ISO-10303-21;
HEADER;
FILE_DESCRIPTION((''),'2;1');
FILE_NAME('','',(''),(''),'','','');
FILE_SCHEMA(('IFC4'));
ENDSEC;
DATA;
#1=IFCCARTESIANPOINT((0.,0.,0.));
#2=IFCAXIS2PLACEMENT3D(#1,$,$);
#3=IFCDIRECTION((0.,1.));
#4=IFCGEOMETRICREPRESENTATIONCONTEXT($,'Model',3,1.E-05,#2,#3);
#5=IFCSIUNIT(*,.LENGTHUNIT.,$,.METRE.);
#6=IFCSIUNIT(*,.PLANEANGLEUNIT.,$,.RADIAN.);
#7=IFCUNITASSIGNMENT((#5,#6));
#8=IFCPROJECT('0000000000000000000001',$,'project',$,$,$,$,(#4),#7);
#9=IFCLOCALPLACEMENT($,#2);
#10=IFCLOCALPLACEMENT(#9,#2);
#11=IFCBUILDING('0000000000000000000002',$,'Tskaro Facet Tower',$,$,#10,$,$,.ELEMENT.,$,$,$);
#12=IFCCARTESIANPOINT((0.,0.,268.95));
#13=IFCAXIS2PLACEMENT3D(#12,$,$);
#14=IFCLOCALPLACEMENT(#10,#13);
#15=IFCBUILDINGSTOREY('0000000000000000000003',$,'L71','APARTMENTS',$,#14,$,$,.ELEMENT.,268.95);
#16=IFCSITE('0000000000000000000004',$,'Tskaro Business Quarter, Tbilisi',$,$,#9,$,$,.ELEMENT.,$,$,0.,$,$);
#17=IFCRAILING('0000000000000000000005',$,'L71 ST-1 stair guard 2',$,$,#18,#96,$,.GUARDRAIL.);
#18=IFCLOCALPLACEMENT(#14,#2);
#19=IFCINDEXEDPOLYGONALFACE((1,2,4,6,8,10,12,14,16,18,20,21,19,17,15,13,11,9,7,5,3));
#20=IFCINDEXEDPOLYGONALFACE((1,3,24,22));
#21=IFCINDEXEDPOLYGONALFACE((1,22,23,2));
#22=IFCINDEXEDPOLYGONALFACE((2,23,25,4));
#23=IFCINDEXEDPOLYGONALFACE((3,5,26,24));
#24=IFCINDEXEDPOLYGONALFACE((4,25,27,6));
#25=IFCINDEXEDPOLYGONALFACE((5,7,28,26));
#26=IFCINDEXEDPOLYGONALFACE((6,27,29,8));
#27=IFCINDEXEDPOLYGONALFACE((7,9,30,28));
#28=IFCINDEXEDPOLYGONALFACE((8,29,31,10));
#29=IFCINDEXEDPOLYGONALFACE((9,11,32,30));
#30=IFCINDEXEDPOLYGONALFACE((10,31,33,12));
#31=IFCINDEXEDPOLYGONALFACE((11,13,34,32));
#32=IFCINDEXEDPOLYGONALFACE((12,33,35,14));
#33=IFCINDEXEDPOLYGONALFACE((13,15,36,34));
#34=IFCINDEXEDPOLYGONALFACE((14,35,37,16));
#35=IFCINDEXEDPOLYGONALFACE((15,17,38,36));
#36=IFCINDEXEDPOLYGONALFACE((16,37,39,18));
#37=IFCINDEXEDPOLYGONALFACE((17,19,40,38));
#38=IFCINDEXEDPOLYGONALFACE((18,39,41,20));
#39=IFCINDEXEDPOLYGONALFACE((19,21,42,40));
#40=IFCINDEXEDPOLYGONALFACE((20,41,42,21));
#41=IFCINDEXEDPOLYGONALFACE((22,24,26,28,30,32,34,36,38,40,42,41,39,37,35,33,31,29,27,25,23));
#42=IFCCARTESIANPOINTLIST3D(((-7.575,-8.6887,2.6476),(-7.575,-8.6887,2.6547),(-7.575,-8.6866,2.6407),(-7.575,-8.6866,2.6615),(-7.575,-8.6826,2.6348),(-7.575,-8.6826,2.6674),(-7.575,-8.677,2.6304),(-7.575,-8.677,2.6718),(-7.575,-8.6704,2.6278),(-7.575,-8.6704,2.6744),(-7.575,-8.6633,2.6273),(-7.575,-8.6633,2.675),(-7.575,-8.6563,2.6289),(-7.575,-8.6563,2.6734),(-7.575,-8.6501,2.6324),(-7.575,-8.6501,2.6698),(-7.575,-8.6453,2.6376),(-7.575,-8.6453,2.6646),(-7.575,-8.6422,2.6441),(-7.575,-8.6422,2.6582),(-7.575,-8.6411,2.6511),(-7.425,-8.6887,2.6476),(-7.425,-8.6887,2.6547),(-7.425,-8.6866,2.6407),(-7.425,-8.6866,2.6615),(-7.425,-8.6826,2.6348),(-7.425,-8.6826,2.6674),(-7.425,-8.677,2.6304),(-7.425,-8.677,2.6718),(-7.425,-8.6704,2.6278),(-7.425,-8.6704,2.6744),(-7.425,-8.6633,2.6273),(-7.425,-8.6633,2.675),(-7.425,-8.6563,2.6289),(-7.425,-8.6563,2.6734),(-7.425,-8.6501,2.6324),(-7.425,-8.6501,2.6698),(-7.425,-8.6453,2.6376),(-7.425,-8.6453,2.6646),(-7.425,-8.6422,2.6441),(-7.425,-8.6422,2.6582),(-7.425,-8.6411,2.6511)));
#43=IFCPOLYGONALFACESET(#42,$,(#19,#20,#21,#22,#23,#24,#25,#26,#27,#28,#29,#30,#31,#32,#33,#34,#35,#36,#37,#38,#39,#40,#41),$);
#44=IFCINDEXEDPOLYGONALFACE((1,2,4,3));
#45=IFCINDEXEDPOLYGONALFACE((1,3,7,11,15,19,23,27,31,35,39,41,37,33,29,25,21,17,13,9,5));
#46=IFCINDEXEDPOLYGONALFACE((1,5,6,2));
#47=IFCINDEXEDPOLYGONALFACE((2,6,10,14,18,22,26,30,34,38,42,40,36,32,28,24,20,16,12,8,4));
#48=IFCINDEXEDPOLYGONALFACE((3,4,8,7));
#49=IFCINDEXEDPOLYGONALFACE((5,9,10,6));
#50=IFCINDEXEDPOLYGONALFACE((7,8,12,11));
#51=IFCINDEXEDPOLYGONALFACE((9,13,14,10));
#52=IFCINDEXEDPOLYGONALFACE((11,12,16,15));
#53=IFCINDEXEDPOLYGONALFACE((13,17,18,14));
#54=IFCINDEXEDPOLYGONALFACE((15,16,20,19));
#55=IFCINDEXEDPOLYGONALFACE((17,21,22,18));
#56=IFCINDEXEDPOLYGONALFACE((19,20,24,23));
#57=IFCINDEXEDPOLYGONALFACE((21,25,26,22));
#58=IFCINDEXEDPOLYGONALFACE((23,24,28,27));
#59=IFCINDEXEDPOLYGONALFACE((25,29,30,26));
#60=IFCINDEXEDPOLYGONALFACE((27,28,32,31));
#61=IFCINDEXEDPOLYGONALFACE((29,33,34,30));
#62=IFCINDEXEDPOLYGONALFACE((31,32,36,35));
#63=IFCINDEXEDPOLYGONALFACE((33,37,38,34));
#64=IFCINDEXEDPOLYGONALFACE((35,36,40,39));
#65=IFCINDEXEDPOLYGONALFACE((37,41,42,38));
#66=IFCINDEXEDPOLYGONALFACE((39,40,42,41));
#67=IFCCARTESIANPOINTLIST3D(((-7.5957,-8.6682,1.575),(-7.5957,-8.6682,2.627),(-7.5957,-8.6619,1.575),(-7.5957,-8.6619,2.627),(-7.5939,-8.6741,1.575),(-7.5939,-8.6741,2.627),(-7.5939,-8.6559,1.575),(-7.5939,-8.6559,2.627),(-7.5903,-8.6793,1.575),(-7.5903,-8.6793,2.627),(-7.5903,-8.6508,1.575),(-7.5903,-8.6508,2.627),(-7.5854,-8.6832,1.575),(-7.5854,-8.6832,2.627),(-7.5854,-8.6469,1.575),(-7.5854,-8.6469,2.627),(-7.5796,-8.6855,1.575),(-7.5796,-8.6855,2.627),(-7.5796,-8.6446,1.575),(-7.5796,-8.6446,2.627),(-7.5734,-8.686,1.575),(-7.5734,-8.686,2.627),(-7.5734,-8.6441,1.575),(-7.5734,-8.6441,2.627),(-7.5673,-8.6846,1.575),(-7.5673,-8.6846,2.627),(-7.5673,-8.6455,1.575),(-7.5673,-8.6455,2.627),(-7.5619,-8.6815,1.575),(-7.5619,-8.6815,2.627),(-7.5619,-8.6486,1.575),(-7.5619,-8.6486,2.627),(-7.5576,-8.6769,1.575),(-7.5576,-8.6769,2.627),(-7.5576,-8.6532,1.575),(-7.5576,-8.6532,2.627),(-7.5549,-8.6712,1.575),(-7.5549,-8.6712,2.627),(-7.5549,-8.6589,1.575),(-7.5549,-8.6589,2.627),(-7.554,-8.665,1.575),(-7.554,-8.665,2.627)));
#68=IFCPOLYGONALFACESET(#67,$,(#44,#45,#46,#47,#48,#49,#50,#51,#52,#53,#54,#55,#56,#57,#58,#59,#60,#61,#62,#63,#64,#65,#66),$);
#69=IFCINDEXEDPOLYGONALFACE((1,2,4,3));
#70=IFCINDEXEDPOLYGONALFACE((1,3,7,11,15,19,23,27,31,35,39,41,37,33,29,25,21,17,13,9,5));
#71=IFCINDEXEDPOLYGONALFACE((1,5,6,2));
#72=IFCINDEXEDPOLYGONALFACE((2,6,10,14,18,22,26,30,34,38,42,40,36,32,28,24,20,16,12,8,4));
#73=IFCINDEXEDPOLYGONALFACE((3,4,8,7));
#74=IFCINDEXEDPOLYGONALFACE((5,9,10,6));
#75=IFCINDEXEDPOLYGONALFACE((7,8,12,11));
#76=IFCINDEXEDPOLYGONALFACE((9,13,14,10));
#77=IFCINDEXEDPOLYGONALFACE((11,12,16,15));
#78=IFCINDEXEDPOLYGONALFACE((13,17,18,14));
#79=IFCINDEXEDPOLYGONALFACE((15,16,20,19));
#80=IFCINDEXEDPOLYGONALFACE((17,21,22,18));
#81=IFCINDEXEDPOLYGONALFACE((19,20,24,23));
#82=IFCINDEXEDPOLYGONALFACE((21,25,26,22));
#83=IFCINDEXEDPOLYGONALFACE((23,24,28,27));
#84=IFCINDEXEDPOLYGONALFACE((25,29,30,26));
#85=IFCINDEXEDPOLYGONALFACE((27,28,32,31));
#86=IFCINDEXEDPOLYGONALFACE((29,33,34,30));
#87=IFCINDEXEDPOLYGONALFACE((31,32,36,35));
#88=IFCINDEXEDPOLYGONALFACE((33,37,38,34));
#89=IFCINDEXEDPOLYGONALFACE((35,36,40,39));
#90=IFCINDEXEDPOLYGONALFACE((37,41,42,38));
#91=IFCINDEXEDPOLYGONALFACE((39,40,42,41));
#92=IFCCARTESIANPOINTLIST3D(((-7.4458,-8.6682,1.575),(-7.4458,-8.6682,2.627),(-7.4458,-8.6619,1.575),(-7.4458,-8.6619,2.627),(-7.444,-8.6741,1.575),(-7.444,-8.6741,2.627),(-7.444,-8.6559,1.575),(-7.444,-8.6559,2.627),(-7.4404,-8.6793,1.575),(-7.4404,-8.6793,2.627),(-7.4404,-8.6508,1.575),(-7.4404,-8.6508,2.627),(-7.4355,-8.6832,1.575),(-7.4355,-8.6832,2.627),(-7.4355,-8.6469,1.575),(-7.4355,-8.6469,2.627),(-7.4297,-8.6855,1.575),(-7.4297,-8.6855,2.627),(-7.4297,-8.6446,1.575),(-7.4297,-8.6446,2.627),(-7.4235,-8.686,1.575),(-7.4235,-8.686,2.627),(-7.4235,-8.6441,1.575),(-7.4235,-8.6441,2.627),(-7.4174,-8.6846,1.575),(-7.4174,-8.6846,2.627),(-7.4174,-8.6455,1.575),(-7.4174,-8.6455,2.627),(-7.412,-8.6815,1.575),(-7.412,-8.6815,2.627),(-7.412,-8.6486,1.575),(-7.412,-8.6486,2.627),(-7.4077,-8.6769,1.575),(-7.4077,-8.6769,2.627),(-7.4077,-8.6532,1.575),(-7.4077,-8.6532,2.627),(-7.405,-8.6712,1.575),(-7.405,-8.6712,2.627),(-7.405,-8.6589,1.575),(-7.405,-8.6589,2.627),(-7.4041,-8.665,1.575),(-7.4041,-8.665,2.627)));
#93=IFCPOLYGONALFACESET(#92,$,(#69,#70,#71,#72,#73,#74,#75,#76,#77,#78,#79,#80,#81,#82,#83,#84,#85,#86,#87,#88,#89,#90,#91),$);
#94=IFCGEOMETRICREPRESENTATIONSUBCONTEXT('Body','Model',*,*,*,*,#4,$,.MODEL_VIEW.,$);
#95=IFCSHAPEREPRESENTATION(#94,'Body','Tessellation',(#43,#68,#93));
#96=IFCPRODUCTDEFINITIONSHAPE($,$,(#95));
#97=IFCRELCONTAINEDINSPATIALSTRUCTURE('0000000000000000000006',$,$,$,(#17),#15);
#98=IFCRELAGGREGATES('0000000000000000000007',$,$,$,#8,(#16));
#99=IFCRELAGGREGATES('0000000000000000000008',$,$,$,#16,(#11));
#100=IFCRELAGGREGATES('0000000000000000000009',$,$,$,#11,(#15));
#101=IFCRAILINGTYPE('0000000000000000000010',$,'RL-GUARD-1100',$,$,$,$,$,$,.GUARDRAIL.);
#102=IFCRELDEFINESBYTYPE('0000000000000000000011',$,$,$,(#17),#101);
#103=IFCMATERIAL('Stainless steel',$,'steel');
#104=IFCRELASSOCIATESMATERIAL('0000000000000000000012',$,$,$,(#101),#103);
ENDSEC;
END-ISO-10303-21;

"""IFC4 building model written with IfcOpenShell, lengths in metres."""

from ifc_helpers import new_model, si_unit, direction, frame, origin, origin_2d, place, context, subcontext, project, spatial, circle, extrude, material, type_object, element, save


model = new_model("IFC4")

# Units and contexts
model_context = context("Model", 3, precision=1e-05, world=origin(), true_north=direction((0.0, 1.0)))
body_context = subcontext(model_context, "Body", "Model", "MODEL_VIEW")
ifc_project = project(units=[si_unit("LENGTHUNIT", "METRE"), si_unit("PLANEANGLEUNIT", "RADIAN")], contexts=[model_context])

# Site, building, storey
site_placement = place(None, origin())
site = spatial("IfcSite", under=ifc_project, at=site_placement, Name="Tskaro Business Quarter, Tbilisi", CompositionType="ELEMENT", RefElevation=0.0)
building_placement = place(site_placement, origin())
building = spatial("IfcBuilding", under=site, at=building_placement, Name="Tskaro Facet Tower", CompositionType="ELEMENT")
storey_placement = place(building_placement, frame((0.0, 0.0, 268.95)))
storey = spatial("IfcBuildingStorey", under=building, at=storey_placement, Name="L71", Description="APARTMENTS", CompositionType="ELEMENT", Elevation=268.95)

# Shared definitions
ifc_material_1 = material(Name="Stainless steel", Category="steel")

# Railing
railing_type_1 = type_object("IfcRailingType", Name="RL-GUARD-1100", PredefinedType="GUARDRAIL", material=ifc_material_1)
railing_1_placement = place(storey_placement, frame((-7.575, -8.665, 1.575)))
element("IfcRailing", 1, at=railing_1_placement, inside=storey, type_object=railing_type_1, Name="L71 ST-1 stair guard 2", PredefinedType="GUARDRAIL", context=body_context, shape_type="SweptSolid", body=[
    extrude(circle(Radius=0.0239, at=origin_2d()), frame((0.0, 0.0, 1.0762), z_axis=(1.0, 0.0, 0.0), x_axis=(0.0, 1.0, 0.0)), (0.0, 0.0, 1.0), 0.1499),
    extrude(circle(Radius=0.021, at=origin_2d()), origin(), (0.0, 0.0, 1.0), 1.052),
    extrude(circle(Radius=0.021, at=origin_2d()), frame((0.1499, 0.0, 0.0)), (0.0, 0.0, 1.0), 1.052),
])

save(model, "model.ifc")
